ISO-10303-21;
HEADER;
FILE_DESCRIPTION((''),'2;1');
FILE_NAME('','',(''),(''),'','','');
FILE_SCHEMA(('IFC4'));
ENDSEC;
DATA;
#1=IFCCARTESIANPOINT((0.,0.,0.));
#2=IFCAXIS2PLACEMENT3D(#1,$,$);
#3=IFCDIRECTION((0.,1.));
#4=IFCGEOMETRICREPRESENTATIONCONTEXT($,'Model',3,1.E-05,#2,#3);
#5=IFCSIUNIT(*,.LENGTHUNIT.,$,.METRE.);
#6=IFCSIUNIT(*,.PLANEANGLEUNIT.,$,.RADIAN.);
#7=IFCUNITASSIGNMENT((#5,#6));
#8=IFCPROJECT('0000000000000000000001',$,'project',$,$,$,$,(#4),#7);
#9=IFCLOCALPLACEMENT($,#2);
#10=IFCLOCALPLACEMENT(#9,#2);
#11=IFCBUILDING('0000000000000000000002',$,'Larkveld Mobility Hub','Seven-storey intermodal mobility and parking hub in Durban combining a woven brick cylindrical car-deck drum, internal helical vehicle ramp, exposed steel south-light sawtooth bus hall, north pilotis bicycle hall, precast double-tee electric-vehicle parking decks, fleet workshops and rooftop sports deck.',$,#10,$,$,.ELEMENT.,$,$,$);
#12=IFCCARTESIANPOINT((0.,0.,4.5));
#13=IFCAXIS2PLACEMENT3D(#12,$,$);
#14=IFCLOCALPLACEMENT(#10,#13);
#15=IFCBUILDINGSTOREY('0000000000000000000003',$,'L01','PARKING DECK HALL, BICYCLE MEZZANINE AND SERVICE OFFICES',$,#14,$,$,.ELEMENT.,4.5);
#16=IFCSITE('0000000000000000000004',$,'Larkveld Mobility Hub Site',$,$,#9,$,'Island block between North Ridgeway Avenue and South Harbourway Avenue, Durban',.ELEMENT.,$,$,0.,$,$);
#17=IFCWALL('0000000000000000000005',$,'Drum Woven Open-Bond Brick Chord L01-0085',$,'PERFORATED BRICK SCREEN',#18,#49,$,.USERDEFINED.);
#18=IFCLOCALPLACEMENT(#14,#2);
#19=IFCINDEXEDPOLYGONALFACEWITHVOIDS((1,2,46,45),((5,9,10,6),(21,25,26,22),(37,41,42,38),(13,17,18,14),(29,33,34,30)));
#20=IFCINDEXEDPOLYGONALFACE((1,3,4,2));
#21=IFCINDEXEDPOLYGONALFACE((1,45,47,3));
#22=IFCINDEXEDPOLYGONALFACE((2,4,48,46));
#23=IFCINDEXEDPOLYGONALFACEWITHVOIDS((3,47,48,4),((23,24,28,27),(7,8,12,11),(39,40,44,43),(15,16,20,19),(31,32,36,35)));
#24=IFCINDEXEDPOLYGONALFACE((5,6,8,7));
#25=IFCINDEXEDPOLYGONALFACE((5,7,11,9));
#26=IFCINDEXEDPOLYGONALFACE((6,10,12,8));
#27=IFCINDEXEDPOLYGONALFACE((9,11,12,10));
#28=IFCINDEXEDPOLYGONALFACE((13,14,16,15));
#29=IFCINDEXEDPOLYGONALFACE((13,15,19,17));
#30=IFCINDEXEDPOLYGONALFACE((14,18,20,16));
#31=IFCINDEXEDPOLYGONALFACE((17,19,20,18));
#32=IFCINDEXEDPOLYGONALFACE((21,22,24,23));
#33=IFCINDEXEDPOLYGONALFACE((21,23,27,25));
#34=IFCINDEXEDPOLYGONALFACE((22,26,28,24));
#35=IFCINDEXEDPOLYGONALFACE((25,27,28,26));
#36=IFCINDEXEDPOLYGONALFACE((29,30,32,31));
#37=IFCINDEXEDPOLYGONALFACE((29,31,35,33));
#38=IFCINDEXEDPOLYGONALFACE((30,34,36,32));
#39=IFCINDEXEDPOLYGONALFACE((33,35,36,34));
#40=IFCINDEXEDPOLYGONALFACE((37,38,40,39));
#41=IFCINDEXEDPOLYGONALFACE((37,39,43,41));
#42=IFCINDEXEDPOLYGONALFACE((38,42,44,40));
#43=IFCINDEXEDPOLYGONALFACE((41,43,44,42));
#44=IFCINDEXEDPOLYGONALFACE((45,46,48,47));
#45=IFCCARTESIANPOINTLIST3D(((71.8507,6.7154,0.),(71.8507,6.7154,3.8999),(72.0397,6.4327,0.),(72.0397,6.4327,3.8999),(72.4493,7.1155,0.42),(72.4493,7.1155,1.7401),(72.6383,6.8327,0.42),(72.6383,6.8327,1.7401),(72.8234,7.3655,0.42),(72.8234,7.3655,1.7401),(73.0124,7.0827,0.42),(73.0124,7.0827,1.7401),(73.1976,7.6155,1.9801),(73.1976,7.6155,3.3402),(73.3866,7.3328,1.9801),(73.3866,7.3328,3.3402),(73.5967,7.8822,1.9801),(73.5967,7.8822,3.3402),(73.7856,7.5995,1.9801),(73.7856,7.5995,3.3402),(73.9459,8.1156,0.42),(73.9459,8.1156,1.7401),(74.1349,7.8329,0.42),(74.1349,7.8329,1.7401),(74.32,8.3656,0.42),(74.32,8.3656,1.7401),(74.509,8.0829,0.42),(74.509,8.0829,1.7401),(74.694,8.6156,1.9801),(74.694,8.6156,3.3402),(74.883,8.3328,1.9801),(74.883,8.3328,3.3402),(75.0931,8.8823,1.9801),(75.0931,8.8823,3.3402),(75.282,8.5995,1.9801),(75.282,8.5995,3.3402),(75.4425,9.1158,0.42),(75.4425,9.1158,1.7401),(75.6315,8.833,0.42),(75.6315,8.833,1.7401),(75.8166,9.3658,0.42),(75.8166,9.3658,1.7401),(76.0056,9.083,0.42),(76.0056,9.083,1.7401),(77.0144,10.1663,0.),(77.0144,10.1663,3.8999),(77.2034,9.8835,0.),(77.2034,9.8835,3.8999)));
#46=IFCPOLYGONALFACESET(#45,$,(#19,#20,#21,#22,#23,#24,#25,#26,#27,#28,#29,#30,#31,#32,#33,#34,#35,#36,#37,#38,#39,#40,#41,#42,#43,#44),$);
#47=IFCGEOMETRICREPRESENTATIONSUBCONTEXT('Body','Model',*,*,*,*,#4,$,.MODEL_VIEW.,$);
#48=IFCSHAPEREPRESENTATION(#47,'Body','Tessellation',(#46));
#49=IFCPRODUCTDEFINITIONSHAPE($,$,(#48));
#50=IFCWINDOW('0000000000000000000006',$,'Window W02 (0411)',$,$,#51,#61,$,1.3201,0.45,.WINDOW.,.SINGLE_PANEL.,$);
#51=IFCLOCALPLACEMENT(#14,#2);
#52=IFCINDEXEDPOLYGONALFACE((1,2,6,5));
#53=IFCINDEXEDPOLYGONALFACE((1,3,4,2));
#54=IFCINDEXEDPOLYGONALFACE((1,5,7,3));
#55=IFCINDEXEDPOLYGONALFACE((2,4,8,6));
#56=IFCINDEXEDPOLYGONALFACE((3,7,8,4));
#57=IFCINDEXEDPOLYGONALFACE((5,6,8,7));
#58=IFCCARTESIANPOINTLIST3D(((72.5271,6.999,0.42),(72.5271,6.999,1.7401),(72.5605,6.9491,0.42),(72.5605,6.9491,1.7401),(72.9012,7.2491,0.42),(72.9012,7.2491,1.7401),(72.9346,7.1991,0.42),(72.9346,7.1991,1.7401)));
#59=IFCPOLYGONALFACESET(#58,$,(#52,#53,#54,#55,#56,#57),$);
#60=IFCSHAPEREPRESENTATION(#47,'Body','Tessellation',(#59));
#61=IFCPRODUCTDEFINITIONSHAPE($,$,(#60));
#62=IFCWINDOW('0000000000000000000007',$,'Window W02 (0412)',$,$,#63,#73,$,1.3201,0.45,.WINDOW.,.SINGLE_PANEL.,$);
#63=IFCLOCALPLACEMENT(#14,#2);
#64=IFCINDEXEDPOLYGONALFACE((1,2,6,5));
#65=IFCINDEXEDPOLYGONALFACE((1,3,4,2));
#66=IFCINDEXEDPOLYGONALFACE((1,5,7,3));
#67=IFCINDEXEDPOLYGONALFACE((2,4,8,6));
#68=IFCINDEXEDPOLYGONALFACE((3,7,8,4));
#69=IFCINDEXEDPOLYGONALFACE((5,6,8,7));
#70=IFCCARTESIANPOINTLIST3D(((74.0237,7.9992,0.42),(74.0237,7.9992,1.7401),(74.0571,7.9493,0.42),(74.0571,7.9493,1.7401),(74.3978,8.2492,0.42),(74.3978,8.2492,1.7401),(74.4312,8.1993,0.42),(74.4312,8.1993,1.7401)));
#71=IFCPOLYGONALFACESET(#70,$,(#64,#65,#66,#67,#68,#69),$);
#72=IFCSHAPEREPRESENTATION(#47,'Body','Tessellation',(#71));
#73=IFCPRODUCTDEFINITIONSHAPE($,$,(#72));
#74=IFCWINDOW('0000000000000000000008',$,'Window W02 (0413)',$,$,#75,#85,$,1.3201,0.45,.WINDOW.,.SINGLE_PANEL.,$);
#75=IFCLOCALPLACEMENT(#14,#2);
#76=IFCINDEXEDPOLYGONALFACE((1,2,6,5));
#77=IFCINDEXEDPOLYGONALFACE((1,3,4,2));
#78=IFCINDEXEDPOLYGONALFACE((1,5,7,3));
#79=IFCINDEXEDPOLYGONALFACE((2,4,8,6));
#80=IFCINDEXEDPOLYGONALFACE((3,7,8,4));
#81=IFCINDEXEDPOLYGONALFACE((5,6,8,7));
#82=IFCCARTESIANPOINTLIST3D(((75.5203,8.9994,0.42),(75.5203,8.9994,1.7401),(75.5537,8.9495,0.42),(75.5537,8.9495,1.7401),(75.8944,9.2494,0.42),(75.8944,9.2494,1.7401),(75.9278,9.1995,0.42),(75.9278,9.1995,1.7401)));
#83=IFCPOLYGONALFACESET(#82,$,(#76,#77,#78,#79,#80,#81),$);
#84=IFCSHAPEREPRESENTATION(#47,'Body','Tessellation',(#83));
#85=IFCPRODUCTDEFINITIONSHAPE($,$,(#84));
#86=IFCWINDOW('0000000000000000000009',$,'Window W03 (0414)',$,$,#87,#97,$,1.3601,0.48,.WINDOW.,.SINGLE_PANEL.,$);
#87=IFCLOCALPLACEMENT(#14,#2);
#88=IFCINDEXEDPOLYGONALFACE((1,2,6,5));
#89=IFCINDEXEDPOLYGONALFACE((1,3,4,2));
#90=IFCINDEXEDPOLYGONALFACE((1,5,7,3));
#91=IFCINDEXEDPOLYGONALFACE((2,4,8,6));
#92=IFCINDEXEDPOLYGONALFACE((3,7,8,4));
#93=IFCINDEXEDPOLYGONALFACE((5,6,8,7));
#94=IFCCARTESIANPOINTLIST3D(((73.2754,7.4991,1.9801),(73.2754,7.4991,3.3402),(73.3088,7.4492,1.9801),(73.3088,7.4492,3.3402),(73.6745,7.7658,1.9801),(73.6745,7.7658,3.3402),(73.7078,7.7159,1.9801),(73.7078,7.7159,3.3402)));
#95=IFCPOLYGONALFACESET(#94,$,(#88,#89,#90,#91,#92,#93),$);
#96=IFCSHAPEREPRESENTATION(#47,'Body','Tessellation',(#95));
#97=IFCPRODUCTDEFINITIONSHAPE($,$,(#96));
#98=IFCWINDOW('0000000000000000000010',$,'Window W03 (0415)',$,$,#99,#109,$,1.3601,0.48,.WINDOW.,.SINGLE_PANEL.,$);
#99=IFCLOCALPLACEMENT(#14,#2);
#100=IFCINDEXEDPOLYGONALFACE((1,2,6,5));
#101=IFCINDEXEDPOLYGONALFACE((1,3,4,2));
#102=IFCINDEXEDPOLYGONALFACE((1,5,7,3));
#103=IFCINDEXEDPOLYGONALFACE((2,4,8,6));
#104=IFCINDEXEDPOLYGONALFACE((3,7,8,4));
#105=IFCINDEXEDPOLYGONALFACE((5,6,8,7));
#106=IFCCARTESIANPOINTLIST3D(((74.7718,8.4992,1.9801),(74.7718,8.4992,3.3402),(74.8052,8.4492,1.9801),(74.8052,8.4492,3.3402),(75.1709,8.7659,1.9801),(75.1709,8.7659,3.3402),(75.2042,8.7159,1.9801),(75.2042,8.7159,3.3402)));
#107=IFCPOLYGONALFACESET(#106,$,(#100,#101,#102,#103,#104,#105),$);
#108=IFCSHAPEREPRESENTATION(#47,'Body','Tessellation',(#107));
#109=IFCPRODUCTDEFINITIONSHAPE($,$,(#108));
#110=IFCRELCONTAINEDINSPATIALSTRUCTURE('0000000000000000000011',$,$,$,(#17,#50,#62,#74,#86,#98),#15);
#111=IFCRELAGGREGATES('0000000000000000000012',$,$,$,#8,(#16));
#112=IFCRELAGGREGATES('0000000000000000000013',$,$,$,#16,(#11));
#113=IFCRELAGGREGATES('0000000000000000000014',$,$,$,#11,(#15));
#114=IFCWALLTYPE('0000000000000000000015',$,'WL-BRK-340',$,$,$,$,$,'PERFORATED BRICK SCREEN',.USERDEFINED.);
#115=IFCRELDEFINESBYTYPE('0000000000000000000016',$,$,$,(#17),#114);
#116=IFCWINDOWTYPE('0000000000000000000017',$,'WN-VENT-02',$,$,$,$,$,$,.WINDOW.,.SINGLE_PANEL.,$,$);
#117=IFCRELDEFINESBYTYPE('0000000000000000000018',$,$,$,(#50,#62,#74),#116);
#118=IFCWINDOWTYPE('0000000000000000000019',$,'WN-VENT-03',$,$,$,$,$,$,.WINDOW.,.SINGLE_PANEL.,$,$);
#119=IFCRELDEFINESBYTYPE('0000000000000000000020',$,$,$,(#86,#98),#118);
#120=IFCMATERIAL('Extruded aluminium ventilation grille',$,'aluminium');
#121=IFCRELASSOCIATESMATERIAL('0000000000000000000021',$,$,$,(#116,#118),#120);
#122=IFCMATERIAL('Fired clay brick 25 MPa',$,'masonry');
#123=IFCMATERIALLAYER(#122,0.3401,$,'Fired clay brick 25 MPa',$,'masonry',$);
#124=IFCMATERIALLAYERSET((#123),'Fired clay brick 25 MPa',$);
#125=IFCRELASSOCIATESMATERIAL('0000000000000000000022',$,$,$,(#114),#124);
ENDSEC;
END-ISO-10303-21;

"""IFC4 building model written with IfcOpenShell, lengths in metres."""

from ifc_helpers import new_model, si_unit, direction, frame, frame_2d, origin, place, context, subcontext, project, spatial, rectangle, extrude, material, layer, layer_set, type_object, element, fill, save


model = new_model("IFC4")

# Units and contexts
model_context = context("Model", 3, precision=1e-05, world=origin(), true_north=direction((0.0, 1.0)))
body_context = subcontext(model_context, "Body", "Model", "MODEL_VIEW")
ifc_project = project(units=[si_unit("LENGTHUNIT", "METRE"), si_unit("PLANEANGLEUNIT", "RADIAN")], contexts=[model_context])

# Site, building, storey
site_placement = place(None, origin())
site = spatial("IfcSite", under=ifc_project, at=site_placement, Name="Larkveld Mobility Hub Site", LongName="Island block between North Ridgeway Avenue and South Harbourway Avenue, Durban", CompositionType="ELEMENT", RefElevation=0.0)
building_placement = place(site_placement, origin())
building = spatial("IfcBuilding", under=site, at=building_placement, Name="Larkveld Mobility Hub", Description="Seven-storey intermodal mobility and parking hub in Durban combining a woven brick cylindrical car-deck drum, internal helical vehicle ramp, exposed steel south-light sawtooth bus hall, north pilotis bicycle hall, precast double-tee electric-vehicle parking decks, fleet workshops and rooftop sports deck.", CompositionType="ELEMENT")
storey_placement = place(building_placement, frame((0.0, 0.0, 4.5)))
storey = spatial("IfcBuildingStorey", under=building, at=storey_placement, Name="L01", Description="PARKING DECK HALL, BICYCLE MEZZANINE AND SERVICE OFFICES", CompositionType="ELEMENT", Elevation=4.5)

# Wall, openings, windows
ifc_material_1 = material(Name="Fired clay brick 25 MPa", Category="masonry")
ifc_material_2 = material(Name="Extruded aluminium ventilation grille", Category="aluminium")
window_type_1 = type_object("IfcWindowType", Name="WN-VENT-02", PartitioningType="SINGLE_PANEL", PredefinedType="WINDOW", material=ifc_material_2)
ifc_layer_1 = layer(ifc_material_1, 0.3401, Name="Fired clay brick 25 MPa", Category="masonry")
ifc_layer_set_1 = layer_set([ifc_layer_1], Name="Fired clay brick 25 MPa")
wall_type_1 = type_object("IfcWallType", Name="WL-BRK-340", ElementType="PERFORATED BRICK SCREEN", PredefinedType="USERDEFINED", material=ifc_layer_set_1)
wall_1_placement = place(storey_placement, frame((71.9451, 6.574, 0.0), z_axis=(0.0, 0.0, 1.0), x_axis=(0.831427, 0.555634, 0.0)))
wall_1 = element("IfcWall", 1, at=wall_1_placement, inside=storey, type_object=wall_type_1, Name="Drum Woven Open-Bond Brick Chord L01-0085", ObjectType="PERFORATED BRICK SCREEN", PredefinedType="USERDEFINED", context=body_context, shape_type="SweptSolid", body=[
    extrude(rectangle(XDim=6.2107, YDim=0.3401, at=frame_2d((3.1055, 0.0))), origin(), (0.0, 0.0, 1.0), 3.8999),
])
opening_1_placement = place(wall_1_placement, frame((0.72, 0.0, 0.4199)))
opening_1 = element("IfcOpeningElement", 2, at=opening_1_placement, cuts=wall_1, PredefinedType="OPENING", context=body_context, shape_type="SweptSolid", body=[
    extrude(rectangle(XDim=0.45, YDim=1.3201, at=frame_2d((0.2251, 0.6602))), frame((0.0, 0.1802, 0.0), z_axis=(0.0, -1.0, 0.0), x_axis=(1.0, 0.0, 0.0)), (0.0, 0.0, 1.0), 0.3601),
])
opening_2_placement = place(wall_1_placement, frame((2.52, 0.0, 0.4199)))
opening_2 = element("IfcOpeningElement", 3, at=opening_2_placement, cuts=wall_1, PredefinedType="OPENING", context=body_context, shape_type="SweptSolid", body=[
    extrude(rectangle(XDim=0.45, YDim=1.3201, at=frame_2d((0.2251, 0.6602))), frame((0.0, 0.1802, 0.0), z_axis=(0.0, -1.0, 0.0), x_axis=(1.0, 0.0, 0.0)), (0.0, 0.0, 1.0), 0.3601),
])
opening_3_placement = place(wall_1_placement, frame((4.3201, 0.0, 0.4199)))
opening_3 = element("IfcOpeningElement", 4, at=opening_3_placement, cuts=wall_1, PredefinedType="OPENING", context=body_context, shape_type="SweptSolid", body=[
    extrude(rectangle(XDim=0.45, YDim=1.3201, at=frame_2d((0.2251, 0.6602))), frame((0.0, 0.1802, 0.0), z_axis=(0.0, -1.0, 0.0), x_axis=(1.0, 0.0, 0.0)), (0.0, 0.0, 1.0), 0.3601),
])
opening_4_placement = place(wall_1_placement, frame((1.6201, 0.0, 1.98)))
opening_4 = element("IfcOpeningElement", 5, at=opening_4_placement, cuts=wall_1, PredefinedType="OPENING", context=body_context, shape_type="SweptSolid", body=[
    extrude(rectangle(XDim=0.48, YDim=1.3601, at=frame_2d((0.24, 0.6802))), frame((0.0, 0.1802, 0.0), z_axis=(0.0, -1.0, 0.0), x_axis=(1.0, 0.0, 0.0)), (0.0, 0.0, 1.0), 0.3601),
])
opening_5_placement = place(wall_1_placement, frame((3.4199, 0.0, 1.98)))
opening_5 = element("IfcOpeningElement", 6, at=opening_5_placement, cuts=wall_1, PredefinedType="OPENING", context=body_context, shape_type="SweptSolid", body=[
    extrude(rectangle(XDim=0.48, YDim=1.3601, at=frame_2d((0.24, 0.6802))), frame((0.0, 0.1802, 0.0), z_axis=(0.0, -1.0, 0.0), x_axis=(1.0, 0.0, 0.0)), (0.0, 0.0, 1.0), 0.3601),
])
window_1_placement = place(opening_1_placement, origin())
window_1 = element("IfcWindow", 7, at=window_1_placement, inside=storey, type_object=window_type_1, Name="Window W02 (0411)", OverallHeight=1.3201, OverallWidth=0.45, PartitioningType="SINGLE_PANEL", PredefinedType="WINDOW", context=body_context, shape_type="SweptSolid", body=[
    extrude(rectangle(XDim=0.45, YDim=1.3201, at=frame_2d((0.2251, 0.6602))), frame((0.0, 0.03, 0.0), z_axis=(0.0, -1.0, 0.0), x_axis=(1.0, 0.0, 0.0)), (0.0, 0.0, 1.0), 0.0601),
])
fill(opening_1, window_1)
window_2_placement = place(opening_2_placement, origin())
window_2 = element("IfcWindow", 8, at=window_2_placement, inside=storey, type_object=window_type_1, Name="Window W02 (0412)", OverallHeight=1.3201, OverallWidth=0.45, PartitioningType="SINGLE_PANEL", PredefinedType="WINDOW", context=body_context, shape_type="SweptSolid", body=[
    extrude(rectangle(XDim=0.45, YDim=1.3201, at=frame_2d((0.2251, 0.6602))), frame((0.0, 0.03, 0.0), z_axis=(0.0, -1.0, 0.0), x_axis=(1.0, 0.0, 0.0)), (0.0, 0.0, 1.0), 0.0601),
])
fill(opening_2, window_2)
window_3_placement = place(opening_3_placement, origin())
window_3 = element("IfcWindow", 9, at=window_3_placement, inside=storey, type_object=window_type_1, Name="Window W02 (0413)", OverallHeight=1.3201, OverallWidth=0.45, PartitioningType="SINGLE_PANEL", PredefinedType="WINDOW", context=body_context, shape_type="SweptSolid", body=[
    extrude(rectangle(XDim=0.45, YDim=1.3201, at=frame_2d((0.2251, 0.6602))), frame((0.0, 0.03, 0.0), z_axis=(0.0, -1.0, 0.0), x_axis=(1.0, 0.0, 0.0)), (0.0, 0.0, 1.0), 0.0601),
])
fill(opening_3, window_3)
window_type_2 = type_object("IfcWindowType", Name="WN-VENT-03", PartitioningType="SINGLE_PANEL", PredefinedType="WINDOW", material=ifc_material_2)
window_4_placement = place(opening_4_placement, origin())
window_4 = element("IfcWindow", 10, at=window_4_placement, inside=storey, type_object=window_type_2, Name="Window W03 (0414)", OverallHeight=1.3601, OverallWidth=0.48, PartitioningType="SINGLE_PANEL", PredefinedType="WINDOW", context=body_context, shape_type="SweptSolid", body=[
    extrude(rectangle(XDim=0.48, YDim=1.3601, at=frame_2d((0.24, 0.6802))), frame((0.0, 0.03, 0.0), z_axis=(0.0, -1.0, 0.0), x_axis=(1.0, 0.0, 0.0)), (0.0, 0.0, 1.0), 0.0601),
])
fill(opening_4, window_4)
window_5_placement = place(opening_5_placement, origin())
window_5 = element("IfcWindow", 11, at=window_5_placement, inside=storey, type_object=window_type_2, Name="Window W03 (0415)", OverallHeight=1.3601, OverallWidth=0.48, PartitioningType="SINGLE_PANEL", PredefinedType="WINDOW", context=body_context, shape_type="SweptSolid", body=[
    extrude(rectangle(XDim=0.48, YDim=1.3601, at=frame_2d((0.24, 0.6802))), frame((0.0, 0.03, 0.0), z_axis=(0.0, -1.0, 0.0), x_axis=(1.0, 0.0, 0.0)), (0.0, 0.0, 1.0), 0.0601),
])
fill(opening_5, window_5)

save(model, "model.ifc")
